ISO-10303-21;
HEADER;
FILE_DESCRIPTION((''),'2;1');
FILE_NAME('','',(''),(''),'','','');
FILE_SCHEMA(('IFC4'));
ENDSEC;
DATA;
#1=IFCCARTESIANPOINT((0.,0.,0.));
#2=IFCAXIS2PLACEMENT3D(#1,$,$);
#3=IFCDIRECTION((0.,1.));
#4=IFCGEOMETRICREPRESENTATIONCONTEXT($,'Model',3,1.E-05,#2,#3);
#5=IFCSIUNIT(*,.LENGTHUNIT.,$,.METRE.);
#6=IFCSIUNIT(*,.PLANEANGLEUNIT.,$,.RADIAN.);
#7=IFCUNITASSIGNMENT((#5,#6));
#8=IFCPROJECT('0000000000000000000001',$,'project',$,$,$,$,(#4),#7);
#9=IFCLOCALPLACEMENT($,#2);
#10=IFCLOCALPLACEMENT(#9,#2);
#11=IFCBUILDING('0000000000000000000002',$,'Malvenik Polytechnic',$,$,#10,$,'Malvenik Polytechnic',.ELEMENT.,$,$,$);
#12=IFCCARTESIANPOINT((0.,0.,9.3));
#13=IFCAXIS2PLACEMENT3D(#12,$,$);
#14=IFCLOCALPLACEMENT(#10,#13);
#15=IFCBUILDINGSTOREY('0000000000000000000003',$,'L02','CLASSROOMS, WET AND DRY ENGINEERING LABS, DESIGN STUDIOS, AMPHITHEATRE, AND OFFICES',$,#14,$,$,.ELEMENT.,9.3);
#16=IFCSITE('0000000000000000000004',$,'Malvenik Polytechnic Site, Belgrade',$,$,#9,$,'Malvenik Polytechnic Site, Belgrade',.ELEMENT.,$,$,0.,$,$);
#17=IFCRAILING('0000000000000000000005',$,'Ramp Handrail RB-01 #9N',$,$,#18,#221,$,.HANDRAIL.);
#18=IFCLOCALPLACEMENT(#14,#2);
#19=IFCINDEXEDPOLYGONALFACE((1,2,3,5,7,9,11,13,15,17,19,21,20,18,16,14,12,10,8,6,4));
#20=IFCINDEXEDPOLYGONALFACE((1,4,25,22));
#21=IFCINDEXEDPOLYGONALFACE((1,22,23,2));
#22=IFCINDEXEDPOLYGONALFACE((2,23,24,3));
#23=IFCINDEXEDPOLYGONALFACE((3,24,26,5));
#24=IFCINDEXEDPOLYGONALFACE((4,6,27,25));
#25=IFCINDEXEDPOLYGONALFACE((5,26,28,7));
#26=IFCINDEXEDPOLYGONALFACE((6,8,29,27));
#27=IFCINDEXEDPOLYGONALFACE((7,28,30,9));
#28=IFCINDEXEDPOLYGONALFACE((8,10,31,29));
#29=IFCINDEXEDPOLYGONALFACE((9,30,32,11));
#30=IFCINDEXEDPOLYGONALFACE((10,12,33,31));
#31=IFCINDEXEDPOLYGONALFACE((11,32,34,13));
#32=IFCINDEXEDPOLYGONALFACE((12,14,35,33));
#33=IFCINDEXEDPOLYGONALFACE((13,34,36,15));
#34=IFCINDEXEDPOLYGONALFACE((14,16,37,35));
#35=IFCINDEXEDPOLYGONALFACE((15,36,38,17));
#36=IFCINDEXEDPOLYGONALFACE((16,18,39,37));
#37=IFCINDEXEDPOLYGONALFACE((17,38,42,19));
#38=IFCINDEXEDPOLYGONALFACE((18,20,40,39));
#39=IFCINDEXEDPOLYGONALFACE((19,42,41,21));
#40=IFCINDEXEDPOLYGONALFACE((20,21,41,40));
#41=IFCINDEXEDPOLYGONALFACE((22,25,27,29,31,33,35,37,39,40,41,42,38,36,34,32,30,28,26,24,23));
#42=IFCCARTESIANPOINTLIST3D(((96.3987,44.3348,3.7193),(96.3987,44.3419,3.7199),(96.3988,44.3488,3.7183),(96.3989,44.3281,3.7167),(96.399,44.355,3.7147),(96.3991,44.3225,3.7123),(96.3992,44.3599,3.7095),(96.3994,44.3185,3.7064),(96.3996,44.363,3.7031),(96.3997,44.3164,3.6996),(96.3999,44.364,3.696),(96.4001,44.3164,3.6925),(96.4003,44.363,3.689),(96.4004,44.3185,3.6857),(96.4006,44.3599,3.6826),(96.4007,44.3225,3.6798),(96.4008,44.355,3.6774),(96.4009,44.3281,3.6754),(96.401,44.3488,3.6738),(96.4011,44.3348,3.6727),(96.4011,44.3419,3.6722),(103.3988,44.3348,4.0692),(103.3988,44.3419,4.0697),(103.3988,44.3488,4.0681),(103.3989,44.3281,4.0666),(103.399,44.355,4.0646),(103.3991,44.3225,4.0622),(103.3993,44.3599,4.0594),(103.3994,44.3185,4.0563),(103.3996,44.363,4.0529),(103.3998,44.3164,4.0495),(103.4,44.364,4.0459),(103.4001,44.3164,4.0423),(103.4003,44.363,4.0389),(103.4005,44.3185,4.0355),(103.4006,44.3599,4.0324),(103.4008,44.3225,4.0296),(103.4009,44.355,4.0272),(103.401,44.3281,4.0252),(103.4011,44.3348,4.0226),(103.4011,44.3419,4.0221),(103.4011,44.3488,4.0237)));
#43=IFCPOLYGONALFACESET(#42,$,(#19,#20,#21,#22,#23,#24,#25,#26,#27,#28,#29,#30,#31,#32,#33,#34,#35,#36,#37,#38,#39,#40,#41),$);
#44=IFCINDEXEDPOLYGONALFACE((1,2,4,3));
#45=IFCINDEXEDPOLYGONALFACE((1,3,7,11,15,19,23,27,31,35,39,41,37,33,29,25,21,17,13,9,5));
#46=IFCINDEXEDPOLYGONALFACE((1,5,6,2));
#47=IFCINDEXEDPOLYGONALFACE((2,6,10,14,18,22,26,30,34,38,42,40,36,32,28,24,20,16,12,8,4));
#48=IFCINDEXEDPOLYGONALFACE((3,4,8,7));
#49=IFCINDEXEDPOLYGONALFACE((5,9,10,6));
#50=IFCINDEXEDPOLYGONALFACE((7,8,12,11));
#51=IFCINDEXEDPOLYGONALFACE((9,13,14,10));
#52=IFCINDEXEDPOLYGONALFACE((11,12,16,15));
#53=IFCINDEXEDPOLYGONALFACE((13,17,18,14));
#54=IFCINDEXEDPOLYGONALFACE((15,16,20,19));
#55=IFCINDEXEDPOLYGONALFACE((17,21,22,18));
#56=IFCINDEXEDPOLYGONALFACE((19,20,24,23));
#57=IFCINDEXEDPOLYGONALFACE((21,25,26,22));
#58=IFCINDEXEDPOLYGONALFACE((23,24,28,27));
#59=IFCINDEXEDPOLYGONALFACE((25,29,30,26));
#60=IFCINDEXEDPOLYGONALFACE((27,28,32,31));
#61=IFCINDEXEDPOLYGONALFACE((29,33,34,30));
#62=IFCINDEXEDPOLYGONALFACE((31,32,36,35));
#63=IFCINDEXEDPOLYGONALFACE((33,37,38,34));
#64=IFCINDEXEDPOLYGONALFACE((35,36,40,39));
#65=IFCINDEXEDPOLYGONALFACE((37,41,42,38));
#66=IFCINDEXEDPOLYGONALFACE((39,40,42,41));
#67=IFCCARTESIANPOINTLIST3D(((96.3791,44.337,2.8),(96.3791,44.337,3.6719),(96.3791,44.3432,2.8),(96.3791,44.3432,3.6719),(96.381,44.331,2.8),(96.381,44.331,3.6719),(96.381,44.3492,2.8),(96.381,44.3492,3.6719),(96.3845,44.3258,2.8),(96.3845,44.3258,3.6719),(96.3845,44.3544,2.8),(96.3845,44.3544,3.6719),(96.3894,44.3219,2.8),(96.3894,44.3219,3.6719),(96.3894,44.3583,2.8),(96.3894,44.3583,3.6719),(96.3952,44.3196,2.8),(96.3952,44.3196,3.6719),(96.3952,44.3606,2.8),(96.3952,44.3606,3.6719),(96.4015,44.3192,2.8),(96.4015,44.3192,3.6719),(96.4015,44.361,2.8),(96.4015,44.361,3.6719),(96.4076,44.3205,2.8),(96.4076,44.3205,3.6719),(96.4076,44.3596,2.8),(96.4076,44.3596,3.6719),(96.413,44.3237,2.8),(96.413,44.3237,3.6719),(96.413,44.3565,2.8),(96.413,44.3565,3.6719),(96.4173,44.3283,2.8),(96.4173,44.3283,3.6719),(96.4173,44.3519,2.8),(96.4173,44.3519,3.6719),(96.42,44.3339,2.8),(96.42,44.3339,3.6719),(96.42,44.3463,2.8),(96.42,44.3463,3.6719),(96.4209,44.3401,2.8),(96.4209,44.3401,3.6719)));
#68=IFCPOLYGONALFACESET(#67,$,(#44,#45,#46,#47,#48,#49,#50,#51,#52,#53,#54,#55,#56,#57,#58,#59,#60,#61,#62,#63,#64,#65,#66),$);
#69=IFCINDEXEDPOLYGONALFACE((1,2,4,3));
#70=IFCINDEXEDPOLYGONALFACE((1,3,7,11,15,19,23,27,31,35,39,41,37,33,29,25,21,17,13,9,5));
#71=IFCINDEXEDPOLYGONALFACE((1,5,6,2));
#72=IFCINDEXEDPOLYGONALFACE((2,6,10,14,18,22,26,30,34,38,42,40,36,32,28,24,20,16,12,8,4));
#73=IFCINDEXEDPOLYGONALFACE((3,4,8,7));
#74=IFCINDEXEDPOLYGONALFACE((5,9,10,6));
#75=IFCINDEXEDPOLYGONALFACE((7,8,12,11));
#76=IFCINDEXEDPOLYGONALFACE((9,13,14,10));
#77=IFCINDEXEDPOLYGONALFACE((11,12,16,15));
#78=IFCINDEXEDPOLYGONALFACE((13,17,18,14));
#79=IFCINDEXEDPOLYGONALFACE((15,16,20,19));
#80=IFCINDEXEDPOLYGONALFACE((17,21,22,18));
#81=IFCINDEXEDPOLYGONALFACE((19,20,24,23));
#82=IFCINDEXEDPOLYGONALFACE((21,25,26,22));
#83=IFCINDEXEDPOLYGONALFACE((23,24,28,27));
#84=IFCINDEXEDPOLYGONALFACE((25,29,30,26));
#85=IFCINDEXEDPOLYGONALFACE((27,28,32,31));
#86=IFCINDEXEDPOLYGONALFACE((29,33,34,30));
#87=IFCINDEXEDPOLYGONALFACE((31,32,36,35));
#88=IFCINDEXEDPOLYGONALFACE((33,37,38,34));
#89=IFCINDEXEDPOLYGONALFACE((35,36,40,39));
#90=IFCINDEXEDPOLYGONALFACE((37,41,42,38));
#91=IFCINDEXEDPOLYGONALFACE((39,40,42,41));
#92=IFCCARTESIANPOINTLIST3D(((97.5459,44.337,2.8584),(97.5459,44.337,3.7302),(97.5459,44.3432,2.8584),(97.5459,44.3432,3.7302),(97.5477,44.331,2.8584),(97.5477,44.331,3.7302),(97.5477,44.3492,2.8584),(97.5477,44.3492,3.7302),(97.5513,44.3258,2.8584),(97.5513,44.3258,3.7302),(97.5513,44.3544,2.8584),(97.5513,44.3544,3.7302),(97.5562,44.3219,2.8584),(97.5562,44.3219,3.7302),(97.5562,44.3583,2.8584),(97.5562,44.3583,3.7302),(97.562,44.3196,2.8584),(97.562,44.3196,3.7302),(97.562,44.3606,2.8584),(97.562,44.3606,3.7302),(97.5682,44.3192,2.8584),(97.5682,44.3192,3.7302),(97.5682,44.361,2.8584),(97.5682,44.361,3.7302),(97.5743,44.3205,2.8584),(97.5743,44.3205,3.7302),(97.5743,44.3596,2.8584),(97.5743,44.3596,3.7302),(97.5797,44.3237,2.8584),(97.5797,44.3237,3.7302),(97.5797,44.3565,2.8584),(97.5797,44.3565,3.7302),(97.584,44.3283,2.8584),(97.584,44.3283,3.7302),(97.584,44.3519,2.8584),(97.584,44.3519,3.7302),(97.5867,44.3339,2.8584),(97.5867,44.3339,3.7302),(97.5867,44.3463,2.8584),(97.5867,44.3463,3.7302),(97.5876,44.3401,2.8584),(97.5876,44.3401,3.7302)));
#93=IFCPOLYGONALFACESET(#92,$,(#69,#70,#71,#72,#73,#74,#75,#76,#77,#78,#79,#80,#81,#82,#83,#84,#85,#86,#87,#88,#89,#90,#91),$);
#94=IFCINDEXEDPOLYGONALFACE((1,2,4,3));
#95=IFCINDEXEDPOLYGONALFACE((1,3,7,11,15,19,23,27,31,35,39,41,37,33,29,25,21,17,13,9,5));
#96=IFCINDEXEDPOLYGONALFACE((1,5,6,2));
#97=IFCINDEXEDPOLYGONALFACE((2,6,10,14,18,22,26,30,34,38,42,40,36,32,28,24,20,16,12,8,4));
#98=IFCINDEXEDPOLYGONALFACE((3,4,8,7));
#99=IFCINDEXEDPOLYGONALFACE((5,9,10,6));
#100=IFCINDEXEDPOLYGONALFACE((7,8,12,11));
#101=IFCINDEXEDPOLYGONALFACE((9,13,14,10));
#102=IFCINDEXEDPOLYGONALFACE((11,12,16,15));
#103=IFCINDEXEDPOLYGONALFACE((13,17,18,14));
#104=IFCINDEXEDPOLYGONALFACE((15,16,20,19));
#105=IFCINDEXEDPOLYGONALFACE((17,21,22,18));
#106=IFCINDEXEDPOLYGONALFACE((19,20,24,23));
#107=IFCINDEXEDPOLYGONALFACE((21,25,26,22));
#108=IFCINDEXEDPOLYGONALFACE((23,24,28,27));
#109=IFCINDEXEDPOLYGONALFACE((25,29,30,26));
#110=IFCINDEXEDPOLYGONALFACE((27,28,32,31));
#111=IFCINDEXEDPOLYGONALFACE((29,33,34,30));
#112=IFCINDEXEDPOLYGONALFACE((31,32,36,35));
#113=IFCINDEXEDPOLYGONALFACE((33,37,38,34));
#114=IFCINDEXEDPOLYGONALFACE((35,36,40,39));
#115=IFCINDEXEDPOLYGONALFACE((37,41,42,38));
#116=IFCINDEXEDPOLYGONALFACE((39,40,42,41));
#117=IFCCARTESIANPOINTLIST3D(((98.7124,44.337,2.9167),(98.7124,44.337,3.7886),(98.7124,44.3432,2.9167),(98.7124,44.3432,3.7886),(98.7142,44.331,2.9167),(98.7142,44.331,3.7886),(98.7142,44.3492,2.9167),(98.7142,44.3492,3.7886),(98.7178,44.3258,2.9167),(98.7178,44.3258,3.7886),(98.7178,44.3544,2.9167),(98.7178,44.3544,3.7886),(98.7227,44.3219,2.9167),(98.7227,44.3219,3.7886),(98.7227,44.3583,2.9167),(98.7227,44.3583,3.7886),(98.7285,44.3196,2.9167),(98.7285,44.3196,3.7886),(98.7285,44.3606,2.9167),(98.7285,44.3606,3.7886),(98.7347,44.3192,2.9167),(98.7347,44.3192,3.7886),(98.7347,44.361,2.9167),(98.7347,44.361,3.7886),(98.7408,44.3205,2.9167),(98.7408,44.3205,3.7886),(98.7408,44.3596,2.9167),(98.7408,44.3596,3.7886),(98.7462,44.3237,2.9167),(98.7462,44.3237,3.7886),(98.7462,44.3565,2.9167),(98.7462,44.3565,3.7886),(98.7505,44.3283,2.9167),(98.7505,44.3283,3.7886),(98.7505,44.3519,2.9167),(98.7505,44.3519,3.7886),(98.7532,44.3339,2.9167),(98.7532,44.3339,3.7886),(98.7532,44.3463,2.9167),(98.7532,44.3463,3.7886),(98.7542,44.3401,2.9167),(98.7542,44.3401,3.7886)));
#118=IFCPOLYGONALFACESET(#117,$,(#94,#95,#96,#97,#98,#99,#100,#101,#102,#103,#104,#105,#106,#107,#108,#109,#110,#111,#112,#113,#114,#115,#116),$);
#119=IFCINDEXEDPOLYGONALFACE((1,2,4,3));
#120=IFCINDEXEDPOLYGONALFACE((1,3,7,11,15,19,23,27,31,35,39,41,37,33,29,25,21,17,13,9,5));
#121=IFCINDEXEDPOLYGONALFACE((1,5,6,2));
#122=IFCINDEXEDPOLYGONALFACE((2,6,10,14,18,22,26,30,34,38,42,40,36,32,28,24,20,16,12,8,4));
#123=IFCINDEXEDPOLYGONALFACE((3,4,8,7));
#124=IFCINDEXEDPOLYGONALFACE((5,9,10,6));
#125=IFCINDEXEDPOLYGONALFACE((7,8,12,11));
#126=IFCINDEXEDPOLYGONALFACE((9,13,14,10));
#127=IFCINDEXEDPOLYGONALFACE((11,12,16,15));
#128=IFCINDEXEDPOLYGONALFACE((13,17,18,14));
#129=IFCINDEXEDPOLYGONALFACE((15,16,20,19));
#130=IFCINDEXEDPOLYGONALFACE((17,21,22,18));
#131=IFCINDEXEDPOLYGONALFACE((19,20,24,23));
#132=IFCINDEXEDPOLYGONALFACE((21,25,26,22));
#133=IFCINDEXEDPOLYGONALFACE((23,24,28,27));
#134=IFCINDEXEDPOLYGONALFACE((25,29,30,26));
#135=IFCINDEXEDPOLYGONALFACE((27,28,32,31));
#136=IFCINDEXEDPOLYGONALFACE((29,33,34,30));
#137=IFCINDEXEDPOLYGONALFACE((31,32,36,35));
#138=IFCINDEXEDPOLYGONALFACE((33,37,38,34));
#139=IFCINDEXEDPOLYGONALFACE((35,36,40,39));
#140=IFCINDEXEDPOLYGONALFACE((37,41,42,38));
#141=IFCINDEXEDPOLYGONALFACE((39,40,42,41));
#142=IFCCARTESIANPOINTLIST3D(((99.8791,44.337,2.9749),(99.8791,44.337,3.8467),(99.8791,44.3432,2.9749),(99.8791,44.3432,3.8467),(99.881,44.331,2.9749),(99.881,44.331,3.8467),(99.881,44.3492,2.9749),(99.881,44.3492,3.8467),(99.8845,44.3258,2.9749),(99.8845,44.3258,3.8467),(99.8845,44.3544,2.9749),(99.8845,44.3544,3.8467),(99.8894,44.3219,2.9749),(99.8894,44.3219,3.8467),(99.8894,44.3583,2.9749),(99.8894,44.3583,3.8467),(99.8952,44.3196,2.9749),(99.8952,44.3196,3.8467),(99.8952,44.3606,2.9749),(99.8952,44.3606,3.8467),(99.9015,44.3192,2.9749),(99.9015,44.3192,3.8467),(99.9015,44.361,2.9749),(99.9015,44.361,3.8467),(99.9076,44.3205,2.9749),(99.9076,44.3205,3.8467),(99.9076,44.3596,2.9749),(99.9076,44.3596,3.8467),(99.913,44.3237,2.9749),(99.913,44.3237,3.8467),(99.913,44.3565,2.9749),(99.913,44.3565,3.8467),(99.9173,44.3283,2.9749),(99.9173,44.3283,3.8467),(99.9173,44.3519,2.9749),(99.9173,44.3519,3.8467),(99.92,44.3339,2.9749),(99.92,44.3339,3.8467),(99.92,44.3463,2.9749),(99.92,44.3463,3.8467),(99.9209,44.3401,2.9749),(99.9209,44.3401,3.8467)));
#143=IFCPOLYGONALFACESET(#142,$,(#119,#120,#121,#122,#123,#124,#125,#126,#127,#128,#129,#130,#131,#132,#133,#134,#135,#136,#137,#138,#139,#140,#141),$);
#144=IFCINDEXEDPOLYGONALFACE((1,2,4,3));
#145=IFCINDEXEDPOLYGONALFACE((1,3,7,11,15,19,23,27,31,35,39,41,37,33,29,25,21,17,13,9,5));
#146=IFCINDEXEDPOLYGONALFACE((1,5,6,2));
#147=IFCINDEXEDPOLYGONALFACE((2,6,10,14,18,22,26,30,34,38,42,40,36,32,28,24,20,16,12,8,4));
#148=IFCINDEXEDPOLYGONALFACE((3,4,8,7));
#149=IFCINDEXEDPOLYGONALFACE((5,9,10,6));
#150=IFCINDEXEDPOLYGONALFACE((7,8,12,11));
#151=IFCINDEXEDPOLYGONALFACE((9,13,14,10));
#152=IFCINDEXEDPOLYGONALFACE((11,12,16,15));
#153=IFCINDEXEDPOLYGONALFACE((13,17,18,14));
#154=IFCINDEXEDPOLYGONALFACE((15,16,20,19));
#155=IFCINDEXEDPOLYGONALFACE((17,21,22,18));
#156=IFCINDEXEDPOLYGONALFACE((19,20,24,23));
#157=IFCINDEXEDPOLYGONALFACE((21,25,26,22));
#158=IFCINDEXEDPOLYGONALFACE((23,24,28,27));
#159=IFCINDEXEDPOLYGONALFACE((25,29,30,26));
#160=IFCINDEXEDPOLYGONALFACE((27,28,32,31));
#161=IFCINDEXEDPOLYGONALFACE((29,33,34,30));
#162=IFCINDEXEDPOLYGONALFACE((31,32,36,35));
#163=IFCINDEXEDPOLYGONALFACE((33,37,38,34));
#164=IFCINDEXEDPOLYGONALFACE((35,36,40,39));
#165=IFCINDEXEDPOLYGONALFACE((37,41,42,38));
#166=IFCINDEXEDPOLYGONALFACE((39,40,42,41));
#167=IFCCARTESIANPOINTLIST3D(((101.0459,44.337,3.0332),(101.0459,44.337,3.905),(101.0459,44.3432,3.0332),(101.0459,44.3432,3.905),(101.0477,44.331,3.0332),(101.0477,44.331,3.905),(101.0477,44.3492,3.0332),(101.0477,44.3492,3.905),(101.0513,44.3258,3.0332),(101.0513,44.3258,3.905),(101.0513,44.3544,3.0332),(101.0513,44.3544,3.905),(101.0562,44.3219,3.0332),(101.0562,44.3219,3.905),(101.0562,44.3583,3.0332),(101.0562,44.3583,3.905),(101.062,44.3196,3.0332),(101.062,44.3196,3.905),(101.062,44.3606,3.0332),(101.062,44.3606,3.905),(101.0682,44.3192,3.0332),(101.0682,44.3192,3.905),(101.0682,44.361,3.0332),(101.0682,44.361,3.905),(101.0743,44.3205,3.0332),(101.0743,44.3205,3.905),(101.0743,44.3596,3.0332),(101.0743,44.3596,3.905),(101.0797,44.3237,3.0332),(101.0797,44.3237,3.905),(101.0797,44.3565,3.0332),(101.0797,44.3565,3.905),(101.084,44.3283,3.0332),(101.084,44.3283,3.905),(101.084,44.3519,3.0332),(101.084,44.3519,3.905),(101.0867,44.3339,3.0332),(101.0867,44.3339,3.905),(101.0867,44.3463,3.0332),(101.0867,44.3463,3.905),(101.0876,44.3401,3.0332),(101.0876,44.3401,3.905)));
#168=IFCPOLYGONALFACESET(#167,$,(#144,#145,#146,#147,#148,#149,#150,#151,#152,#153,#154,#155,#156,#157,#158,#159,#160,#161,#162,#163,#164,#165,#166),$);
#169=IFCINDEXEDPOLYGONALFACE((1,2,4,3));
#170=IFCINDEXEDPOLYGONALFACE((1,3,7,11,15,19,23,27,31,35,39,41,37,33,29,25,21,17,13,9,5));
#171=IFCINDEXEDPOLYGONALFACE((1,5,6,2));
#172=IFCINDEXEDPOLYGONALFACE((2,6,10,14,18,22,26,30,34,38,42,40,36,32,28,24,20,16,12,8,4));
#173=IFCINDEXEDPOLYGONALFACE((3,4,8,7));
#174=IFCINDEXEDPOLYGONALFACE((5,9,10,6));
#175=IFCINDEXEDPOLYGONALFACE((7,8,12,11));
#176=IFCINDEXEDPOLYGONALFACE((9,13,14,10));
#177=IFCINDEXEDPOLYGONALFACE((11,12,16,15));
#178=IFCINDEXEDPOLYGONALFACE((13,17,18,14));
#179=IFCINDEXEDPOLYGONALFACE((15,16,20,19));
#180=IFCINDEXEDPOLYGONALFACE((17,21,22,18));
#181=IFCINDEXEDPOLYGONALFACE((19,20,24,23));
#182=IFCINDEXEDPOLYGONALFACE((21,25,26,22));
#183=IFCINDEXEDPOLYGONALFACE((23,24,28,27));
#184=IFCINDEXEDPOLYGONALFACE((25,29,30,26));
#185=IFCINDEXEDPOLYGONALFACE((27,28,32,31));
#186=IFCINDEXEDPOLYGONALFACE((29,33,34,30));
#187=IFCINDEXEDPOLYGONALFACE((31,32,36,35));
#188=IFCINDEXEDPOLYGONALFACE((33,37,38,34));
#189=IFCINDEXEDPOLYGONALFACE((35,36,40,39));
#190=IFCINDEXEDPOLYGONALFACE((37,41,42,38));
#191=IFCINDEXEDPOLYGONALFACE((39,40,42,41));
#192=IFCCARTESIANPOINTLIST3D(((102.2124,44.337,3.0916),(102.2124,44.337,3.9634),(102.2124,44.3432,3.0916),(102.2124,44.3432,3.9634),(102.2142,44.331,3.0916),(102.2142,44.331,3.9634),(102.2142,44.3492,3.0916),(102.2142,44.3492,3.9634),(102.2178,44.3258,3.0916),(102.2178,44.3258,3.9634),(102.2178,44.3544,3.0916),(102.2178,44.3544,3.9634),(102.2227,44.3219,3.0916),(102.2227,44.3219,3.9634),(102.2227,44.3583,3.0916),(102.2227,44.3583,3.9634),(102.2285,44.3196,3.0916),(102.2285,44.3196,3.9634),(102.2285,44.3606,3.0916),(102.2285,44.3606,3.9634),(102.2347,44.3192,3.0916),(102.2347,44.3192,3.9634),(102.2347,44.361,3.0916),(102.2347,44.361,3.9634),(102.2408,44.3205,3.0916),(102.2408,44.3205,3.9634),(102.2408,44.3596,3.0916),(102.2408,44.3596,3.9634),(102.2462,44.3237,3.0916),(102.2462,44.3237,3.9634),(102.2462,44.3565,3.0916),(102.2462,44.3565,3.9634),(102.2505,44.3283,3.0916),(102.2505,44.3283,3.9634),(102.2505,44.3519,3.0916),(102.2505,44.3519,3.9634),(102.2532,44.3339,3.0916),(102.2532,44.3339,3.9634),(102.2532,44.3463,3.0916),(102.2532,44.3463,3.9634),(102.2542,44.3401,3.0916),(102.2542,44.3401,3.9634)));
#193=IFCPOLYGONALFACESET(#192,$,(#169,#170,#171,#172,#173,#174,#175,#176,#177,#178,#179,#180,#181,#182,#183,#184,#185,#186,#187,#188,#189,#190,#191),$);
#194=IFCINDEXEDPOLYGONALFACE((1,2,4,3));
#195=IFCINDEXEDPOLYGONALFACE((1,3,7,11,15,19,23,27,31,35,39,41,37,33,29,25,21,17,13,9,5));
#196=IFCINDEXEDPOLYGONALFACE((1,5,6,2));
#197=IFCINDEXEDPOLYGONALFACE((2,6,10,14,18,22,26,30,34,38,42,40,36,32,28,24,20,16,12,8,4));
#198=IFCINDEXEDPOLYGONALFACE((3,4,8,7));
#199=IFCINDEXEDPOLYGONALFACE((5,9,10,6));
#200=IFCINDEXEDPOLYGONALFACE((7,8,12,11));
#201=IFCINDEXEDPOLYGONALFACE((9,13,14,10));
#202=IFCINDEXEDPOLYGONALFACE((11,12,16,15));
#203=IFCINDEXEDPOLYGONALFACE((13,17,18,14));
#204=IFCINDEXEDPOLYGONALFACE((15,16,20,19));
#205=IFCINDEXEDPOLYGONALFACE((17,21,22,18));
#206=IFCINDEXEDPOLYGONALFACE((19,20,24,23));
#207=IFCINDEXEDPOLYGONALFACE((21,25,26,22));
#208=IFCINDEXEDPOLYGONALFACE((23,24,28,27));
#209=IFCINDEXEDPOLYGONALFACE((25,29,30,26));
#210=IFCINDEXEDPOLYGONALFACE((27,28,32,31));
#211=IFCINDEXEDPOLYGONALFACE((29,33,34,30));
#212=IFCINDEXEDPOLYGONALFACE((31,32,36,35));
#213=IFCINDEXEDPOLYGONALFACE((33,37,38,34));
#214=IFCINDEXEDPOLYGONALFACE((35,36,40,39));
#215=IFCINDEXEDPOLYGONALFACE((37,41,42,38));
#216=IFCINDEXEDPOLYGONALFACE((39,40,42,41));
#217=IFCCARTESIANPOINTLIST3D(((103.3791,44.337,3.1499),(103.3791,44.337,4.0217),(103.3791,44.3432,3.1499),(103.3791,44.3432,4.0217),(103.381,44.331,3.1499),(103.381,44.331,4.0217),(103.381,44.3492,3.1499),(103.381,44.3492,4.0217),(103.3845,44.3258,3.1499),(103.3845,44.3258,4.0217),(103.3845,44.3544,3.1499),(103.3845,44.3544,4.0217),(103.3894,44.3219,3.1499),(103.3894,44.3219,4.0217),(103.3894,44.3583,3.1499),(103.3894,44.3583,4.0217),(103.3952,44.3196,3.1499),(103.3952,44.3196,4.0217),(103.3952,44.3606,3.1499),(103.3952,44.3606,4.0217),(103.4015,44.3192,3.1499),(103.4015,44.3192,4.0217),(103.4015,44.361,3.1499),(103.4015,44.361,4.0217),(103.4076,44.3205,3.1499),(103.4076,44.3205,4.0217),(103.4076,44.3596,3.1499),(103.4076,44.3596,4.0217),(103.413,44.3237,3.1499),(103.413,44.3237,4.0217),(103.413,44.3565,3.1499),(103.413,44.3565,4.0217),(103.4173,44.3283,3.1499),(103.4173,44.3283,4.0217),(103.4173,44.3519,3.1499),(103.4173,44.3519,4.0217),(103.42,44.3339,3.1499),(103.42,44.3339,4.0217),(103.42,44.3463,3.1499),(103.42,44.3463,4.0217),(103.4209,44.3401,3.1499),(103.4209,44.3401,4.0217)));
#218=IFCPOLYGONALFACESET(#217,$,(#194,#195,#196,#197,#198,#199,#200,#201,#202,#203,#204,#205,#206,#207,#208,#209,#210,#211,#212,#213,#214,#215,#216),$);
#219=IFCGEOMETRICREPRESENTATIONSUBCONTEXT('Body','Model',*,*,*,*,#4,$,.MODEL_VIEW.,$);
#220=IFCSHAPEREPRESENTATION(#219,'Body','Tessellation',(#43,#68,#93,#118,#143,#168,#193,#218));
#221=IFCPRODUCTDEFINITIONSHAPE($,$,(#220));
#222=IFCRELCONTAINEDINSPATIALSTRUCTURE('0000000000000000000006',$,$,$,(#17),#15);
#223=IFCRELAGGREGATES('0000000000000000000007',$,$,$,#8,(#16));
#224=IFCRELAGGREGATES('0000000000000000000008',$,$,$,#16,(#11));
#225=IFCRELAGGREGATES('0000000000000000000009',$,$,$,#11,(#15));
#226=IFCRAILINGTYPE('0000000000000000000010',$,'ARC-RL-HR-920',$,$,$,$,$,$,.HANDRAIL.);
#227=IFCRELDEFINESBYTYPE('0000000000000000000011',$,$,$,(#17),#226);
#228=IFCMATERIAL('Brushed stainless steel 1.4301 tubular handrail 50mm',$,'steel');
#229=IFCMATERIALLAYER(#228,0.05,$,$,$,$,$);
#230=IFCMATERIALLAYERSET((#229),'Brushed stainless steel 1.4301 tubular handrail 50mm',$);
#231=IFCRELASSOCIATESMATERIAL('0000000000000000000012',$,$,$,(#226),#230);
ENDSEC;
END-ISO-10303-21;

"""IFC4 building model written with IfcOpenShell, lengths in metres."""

from ifc_helpers import new_model, si_unit, direction, frame, origin, origin_2d, place, context, subcontext, project, spatial, circle, extrude, material, layer, layer_set, type_object, element, save


model = new_model("IFC4")

# Units and contexts
model_context = context("Model", 3, precision=1e-05, world=origin(), true_north=direction((0.0, 1.0)))
body_context = subcontext(model_context, "Body", "Model", "MODEL_VIEW")
ifc_project = project(units=[si_unit("LENGTHUNIT", "METRE"), si_unit("PLANEANGLEUNIT", "RADIAN")], contexts=[model_context])

# Site, building, storey
site_placement = place(None, origin())
site = spatial("IfcSite", under=ifc_project, at=site_placement, Name="Malvenik Polytechnic Site, Belgrade", LongName="Malvenik Polytechnic Site, Belgrade", CompositionType="ELEMENT", RefElevation=0.0)
building_placement = place(site_placement, origin())
building = spatial("IfcBuilding", under=site, at=building_placement, Name="Malvenik Polytechnic", LongName="Malvenik Polytechnic", CompositionType="ELEMENT")
storey_placement = place(building_placement, frame((0.0, 0.0, 9.3)))
storey = spatial("IfcBuildingStorey", under=building, at=storey_placement, Name="L02", Description="CLASSROOMS, WET AND DRY ENGINEERING LABS, DESIGN STUDIOS, AMPHITHEATRE, AND OFFICES", CompositionType="ELEMENT", Elevation=9.3)

# Railing
ifc_material_1 = material(Name="Brushed stainless steel 1.4301 tubular handrail 50mm", Category="steel")
ifc_layer_1 = layer(ifc_material_1, 0.05)
ifc_layer_set_1 = layer_set([ifc_layer_1], Name="Brushed stainless steel 1.4301 tubular handrail 50mm")
railing_type_1 = type_object("IfcRailingType", Name="ARC-RL-HR-920", PredefinedType="HANDRAIL", material=ifc_layer_set_1)
railing_1_placement = place(storey_placement, frame((96.3999, 44.3401, 2.8)))
element("IfcRailing", 1, at=railing_1_placement, inside=storey, type_object=railing_type_1, Name="Ramp Handrail RB-01 #9N", PredefinedType="HANDRAIL", context=body_context, shape_type="SweptSolid", body=[
    extrude(circle(Radius=0.0239, at=origin_2d()), frame((0.0, 0.0, 0.896), z_axis=(0.998753, 0.0, 0.049917), x_axis=(0.0, 1.0, 0.0)), (0.0, 0.0, 1.0), 7.0088),
    extrude(circle(Radius=0.021, at=origin_2d()), origin(), (0.0, 0.0, 1.0), 0.8718),
    extrude(circle(Radius=0.021, at=origin_2d()), frame((1.1667, 0.0, 0.0583)), (0.0, 0.0, 1.0), 0.8718),
    extrude(circle(Radius=0.021, at=origin_2d()), frame((2.3333, 0.0, 0.1167)), (0.0, 0.0, 1.0), 0.8718),
    extrude(circle(Radius=0.021, at=origin_2d()), frame((3.5, 0.0, 0.1748)), (0.0, 0.0, 1.0), 0.8718),
    extrude(circle(Radius=0.021, at=origin_2d()), frame((4.6667, 0.0, 0.2332)), (0.0, 0.0, 1.0), 0.8718),
    extrude(circle(Radius=0.021, at=origin_2d()), frame((5.8333, 0.0, 0.2915)), (0.0, 0.0, 1.0), 0.8718),
    extrude(circle(Radius=0.021, at=origin_2d()), frame((7.0, 0.0, 0.3499)), (0.0, 0.0, 1.0), 0.8718),
])

save(model, "model.ifc")
